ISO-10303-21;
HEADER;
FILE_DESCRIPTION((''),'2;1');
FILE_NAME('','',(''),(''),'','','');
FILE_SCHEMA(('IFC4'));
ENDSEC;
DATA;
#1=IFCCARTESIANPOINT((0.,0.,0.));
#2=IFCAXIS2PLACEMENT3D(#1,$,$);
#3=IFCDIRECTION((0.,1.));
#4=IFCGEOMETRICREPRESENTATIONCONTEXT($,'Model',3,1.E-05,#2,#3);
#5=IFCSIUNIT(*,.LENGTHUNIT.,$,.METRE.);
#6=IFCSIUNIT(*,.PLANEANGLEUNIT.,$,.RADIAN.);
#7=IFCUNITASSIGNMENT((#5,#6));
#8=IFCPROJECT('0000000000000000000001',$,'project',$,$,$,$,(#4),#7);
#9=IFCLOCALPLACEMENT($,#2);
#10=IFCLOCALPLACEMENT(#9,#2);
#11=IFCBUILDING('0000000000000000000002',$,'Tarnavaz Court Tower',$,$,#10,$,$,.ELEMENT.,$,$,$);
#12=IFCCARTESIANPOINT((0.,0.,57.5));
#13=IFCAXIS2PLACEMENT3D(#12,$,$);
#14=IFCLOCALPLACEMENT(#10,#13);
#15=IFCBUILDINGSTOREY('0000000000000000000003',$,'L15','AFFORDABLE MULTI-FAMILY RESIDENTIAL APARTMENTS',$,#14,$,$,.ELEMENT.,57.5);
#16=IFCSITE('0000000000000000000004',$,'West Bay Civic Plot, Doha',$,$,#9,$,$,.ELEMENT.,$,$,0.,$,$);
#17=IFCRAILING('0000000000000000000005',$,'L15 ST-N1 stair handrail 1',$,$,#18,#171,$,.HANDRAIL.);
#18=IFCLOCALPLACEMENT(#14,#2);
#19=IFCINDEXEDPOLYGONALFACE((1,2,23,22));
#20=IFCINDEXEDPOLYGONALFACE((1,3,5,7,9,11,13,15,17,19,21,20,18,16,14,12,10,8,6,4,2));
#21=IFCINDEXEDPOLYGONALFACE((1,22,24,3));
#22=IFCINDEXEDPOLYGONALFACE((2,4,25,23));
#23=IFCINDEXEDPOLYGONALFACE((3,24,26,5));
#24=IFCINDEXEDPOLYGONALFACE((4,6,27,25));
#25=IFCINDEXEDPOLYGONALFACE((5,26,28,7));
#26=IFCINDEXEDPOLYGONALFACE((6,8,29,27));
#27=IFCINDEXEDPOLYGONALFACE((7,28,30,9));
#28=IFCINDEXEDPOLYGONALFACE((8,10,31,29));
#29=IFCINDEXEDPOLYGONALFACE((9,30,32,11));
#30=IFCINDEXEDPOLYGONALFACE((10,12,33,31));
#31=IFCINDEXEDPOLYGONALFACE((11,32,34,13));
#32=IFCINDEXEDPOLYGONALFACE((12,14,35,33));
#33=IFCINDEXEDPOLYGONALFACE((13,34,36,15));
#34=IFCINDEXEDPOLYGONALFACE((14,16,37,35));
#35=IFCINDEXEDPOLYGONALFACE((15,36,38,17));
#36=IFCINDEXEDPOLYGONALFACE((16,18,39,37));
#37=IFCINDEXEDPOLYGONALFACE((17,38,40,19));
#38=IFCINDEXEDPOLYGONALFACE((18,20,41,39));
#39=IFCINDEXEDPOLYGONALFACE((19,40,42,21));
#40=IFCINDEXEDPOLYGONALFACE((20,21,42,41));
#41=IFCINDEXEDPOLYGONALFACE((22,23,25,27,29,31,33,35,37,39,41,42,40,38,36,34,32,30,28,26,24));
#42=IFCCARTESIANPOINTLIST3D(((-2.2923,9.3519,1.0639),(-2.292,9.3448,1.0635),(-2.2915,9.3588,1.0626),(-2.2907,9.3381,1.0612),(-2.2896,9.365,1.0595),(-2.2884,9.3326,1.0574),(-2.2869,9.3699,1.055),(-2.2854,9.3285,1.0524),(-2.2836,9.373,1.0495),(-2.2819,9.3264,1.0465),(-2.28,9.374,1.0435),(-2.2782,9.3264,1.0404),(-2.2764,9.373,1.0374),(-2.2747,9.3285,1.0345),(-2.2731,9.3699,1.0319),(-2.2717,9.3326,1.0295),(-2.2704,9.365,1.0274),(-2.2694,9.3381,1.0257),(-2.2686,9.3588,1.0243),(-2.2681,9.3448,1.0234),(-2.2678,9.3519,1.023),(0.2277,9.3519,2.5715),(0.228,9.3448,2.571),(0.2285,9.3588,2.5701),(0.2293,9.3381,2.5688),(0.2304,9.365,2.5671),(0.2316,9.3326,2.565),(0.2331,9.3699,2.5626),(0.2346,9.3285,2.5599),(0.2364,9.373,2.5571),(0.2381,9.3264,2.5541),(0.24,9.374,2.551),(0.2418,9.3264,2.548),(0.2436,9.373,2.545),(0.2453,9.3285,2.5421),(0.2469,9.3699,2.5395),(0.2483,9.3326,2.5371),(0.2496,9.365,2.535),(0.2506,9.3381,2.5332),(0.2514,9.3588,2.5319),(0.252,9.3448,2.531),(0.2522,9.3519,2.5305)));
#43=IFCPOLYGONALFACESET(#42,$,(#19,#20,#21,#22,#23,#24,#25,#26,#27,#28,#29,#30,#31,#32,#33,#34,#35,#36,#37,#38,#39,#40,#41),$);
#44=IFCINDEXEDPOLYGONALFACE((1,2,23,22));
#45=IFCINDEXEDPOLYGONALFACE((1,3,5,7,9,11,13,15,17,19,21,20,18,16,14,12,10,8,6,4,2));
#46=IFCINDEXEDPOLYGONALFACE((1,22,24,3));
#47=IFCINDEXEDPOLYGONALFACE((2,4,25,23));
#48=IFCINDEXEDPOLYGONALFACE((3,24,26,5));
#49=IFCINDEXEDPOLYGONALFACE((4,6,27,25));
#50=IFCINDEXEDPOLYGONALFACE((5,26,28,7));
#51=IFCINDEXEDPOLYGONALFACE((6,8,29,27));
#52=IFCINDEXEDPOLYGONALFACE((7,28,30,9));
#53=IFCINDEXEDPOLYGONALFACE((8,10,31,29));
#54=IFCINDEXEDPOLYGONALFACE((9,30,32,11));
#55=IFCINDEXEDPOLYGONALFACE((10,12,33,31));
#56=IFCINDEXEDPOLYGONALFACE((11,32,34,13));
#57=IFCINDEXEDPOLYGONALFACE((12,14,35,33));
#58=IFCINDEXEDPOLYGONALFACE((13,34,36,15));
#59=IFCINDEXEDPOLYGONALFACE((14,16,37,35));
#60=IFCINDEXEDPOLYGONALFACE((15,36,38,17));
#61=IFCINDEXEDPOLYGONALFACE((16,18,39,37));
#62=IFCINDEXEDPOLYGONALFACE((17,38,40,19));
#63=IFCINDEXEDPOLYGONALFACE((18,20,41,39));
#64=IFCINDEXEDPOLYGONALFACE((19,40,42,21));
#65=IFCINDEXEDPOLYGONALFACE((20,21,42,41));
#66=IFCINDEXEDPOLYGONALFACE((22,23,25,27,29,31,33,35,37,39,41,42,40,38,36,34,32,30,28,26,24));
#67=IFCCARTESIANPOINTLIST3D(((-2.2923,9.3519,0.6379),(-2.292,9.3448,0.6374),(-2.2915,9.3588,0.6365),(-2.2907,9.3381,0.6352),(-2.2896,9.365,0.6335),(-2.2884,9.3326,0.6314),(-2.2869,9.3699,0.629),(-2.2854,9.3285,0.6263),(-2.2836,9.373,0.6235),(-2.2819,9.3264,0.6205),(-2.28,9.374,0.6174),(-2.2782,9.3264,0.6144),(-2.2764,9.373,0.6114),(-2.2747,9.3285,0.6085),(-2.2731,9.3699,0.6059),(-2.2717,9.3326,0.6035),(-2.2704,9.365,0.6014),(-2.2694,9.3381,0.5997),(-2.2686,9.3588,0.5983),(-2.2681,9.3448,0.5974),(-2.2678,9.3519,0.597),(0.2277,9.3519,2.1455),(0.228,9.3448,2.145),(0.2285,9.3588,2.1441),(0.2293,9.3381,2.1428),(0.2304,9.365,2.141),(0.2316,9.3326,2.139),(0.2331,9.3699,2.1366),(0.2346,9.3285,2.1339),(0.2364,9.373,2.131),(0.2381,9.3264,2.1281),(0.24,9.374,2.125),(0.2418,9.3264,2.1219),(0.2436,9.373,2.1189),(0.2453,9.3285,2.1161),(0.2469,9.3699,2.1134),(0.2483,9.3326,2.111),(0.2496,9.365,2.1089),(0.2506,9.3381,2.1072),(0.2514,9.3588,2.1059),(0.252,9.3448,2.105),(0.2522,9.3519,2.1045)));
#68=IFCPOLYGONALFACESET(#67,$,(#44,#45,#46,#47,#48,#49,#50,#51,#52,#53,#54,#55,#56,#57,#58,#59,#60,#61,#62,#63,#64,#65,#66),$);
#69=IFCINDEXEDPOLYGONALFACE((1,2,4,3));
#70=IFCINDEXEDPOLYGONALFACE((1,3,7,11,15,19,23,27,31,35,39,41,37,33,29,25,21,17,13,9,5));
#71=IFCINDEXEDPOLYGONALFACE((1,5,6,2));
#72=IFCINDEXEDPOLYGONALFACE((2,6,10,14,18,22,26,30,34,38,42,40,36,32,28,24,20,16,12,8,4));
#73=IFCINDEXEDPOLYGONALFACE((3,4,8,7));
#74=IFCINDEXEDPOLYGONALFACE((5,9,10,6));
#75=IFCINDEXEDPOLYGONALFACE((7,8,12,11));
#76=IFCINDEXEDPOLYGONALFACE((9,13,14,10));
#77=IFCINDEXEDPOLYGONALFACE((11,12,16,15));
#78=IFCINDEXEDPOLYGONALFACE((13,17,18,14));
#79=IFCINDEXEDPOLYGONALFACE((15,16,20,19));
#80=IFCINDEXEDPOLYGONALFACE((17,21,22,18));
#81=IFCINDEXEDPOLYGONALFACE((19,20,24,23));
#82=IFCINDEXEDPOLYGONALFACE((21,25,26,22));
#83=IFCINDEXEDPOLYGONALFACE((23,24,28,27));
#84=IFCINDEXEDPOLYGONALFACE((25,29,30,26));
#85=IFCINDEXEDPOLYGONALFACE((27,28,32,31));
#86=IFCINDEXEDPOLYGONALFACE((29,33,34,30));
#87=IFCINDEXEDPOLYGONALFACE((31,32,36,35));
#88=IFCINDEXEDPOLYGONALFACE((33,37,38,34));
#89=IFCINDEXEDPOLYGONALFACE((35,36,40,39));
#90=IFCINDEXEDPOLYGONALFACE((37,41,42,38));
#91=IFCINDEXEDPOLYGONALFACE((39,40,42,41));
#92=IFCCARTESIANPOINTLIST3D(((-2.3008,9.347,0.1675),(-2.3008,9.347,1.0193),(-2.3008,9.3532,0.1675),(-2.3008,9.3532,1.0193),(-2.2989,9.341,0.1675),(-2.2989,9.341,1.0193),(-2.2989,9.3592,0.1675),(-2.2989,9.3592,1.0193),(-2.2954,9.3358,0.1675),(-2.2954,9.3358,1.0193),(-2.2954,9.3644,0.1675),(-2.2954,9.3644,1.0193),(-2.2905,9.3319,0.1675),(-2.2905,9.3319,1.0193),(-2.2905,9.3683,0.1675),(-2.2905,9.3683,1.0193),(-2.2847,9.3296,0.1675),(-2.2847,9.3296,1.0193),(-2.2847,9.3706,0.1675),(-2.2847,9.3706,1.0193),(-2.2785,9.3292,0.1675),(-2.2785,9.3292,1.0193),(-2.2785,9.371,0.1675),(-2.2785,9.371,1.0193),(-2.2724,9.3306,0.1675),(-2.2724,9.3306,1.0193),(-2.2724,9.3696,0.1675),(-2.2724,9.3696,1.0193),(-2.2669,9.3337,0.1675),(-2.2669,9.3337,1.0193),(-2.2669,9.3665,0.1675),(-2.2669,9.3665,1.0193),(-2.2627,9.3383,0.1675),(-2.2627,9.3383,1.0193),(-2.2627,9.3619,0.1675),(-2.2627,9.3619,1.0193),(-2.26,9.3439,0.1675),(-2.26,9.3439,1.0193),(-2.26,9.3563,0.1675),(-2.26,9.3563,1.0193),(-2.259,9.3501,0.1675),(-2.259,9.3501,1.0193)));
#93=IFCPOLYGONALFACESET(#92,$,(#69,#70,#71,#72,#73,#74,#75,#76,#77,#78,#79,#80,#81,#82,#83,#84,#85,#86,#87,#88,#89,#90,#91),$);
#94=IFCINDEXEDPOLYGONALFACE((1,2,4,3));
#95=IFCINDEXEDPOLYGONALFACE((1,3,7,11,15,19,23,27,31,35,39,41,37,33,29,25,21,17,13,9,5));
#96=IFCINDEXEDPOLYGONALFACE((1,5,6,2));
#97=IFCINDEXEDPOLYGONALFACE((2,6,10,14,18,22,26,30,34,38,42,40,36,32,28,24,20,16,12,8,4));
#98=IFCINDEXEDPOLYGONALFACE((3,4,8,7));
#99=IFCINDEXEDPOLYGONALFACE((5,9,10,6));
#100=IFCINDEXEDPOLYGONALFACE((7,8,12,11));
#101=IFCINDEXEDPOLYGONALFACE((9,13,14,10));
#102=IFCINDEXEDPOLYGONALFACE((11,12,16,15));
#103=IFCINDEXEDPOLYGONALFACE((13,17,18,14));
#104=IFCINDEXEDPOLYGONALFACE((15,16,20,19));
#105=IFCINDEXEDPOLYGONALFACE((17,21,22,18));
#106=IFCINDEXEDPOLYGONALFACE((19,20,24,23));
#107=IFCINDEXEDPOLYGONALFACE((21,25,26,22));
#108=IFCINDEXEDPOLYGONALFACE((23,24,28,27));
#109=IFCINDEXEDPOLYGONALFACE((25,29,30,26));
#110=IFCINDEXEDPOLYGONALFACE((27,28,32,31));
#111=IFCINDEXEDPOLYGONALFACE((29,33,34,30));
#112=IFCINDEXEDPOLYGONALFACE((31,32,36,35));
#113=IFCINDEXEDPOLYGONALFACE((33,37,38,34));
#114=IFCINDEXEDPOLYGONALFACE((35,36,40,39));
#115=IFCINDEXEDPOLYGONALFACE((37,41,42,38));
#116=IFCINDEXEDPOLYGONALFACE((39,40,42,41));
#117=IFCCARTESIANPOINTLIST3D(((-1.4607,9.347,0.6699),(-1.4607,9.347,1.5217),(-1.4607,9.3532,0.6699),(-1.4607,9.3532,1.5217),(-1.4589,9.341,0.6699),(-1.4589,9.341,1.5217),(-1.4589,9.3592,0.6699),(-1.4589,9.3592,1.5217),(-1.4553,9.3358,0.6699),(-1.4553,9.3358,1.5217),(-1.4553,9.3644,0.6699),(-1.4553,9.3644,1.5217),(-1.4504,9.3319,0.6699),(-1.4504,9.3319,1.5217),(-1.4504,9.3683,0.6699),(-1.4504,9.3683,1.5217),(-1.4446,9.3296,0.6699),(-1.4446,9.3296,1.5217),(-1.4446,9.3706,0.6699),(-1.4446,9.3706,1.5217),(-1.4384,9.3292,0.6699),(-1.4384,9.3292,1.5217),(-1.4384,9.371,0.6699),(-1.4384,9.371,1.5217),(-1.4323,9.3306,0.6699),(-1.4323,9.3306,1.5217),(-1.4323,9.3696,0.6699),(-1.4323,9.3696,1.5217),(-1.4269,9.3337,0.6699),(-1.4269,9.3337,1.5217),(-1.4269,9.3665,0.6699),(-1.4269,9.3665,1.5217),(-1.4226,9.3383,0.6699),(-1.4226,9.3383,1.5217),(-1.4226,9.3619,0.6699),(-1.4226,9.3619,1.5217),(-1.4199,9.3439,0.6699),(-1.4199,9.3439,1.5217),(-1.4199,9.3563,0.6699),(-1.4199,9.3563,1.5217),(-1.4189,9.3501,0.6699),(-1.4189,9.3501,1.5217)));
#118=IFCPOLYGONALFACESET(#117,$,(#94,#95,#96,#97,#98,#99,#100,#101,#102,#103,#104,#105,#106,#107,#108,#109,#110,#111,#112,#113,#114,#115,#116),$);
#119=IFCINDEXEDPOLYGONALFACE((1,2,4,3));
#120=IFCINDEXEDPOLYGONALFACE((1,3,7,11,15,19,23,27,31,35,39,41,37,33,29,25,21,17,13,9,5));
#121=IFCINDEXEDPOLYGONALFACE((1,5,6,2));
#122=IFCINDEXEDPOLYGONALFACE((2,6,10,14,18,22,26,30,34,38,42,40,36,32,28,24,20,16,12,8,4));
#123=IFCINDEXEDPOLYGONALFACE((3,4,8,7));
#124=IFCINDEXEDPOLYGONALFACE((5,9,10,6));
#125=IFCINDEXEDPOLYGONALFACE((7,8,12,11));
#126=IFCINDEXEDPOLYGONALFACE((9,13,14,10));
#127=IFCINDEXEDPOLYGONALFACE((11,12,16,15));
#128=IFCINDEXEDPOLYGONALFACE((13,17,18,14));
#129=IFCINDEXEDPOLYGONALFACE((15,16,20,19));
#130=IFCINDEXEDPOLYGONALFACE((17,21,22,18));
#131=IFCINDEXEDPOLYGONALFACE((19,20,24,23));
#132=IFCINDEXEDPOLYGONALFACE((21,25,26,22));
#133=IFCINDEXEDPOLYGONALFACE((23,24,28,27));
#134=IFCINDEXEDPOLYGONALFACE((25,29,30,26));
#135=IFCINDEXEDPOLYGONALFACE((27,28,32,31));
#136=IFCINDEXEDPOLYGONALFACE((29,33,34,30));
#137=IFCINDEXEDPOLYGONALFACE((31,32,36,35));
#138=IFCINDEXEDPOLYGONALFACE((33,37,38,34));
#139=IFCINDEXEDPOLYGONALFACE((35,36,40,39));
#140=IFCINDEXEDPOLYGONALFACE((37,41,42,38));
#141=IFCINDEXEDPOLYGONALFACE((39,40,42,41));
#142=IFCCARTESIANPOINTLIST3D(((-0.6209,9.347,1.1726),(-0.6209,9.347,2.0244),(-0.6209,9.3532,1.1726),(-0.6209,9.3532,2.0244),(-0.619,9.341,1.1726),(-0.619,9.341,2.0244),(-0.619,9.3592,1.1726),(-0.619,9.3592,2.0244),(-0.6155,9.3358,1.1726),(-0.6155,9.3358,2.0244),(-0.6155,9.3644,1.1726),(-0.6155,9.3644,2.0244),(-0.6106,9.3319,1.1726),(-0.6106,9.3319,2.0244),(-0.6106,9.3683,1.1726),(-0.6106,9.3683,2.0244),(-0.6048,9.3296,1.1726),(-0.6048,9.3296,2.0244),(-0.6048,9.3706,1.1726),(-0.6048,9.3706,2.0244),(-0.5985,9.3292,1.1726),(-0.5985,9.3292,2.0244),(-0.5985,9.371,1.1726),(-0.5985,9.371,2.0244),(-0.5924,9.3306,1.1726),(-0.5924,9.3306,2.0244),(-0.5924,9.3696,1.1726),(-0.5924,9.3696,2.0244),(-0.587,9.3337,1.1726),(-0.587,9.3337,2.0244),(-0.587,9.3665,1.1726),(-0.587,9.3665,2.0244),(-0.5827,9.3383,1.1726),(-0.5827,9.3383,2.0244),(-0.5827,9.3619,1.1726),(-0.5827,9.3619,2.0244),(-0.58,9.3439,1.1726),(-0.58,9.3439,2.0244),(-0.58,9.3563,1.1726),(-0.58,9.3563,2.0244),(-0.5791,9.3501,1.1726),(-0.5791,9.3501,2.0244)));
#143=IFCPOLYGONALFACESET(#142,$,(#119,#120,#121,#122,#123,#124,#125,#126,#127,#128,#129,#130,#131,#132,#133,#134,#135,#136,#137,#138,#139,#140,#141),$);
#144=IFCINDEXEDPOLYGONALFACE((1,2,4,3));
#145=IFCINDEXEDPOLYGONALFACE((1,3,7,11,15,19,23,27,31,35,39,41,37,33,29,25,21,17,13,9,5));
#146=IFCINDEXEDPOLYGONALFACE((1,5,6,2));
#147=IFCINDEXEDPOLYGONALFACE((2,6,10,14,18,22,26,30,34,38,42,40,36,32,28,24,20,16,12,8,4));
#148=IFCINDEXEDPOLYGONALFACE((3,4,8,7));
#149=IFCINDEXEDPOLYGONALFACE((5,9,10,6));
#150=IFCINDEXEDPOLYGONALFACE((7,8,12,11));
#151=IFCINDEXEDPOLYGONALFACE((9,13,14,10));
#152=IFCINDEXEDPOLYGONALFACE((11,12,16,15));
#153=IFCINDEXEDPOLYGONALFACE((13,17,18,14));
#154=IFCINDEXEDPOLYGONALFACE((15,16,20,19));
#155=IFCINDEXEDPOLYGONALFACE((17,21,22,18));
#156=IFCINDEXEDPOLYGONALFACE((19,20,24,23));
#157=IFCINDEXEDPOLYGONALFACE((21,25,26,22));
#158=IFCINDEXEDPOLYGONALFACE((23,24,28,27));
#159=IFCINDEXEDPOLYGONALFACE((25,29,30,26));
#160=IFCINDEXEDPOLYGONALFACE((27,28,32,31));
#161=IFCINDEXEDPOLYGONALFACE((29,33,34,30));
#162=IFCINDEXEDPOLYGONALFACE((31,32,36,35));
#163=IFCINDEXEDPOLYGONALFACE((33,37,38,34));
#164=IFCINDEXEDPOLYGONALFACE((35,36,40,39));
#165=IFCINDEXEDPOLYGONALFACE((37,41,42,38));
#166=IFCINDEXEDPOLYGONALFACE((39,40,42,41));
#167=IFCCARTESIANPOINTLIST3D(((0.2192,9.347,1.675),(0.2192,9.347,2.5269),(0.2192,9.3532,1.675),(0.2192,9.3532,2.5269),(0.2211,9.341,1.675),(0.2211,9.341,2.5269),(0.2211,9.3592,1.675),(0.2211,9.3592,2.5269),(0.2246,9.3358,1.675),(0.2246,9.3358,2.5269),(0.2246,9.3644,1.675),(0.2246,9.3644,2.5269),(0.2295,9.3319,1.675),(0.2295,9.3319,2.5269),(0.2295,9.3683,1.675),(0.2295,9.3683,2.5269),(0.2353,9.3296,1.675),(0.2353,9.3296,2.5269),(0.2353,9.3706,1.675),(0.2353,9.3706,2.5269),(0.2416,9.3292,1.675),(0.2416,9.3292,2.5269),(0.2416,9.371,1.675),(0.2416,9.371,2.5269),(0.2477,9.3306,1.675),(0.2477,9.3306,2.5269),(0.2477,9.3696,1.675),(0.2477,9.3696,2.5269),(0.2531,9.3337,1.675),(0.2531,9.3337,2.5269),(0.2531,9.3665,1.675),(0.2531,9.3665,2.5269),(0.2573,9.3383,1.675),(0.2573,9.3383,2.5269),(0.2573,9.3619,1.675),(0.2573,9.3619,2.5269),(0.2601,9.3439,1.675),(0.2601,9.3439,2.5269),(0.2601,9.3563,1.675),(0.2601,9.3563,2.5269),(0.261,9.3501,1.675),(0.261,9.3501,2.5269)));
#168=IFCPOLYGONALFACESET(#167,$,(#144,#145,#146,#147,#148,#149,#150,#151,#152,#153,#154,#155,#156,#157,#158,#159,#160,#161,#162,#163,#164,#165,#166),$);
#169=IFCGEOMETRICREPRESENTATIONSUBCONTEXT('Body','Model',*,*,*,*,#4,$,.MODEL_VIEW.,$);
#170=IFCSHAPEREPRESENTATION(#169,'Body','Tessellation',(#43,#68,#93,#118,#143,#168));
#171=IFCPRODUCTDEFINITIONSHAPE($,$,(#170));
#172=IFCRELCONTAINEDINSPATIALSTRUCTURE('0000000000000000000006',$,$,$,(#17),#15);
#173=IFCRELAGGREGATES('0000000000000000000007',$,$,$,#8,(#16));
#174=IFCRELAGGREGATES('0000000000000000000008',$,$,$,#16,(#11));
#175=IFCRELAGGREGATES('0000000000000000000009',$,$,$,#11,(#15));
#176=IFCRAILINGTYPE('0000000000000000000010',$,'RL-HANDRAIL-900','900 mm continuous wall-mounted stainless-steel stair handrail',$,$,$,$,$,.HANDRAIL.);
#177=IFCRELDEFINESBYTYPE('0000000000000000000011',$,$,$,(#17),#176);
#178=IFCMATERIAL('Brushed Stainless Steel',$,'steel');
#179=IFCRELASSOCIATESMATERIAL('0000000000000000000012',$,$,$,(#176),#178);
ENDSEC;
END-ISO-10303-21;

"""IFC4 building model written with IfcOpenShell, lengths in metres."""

from ifc_helpers import new_model, si_unit, direction, frame, origin, origin_2d, place, context, subcontext, project, spatial, circle, extrude, material, type_object, element, save


model = new_model("IFC4")

# Units and contexts
model_context = context("Model", 3, precision=1e-05, world=origin(), true_north=direction((0.0, 1.0)))
body_context = subcontext(model_context, "Body", "Model", "MODEL_VIEW")
ifc_project = project(units=[si_unit("LENGTHUNIT", "METRE"), si_unit("PLANEANGLEUNIT", "RADIAN")], contexts=[model_context])

# Site, building, storey
site_placement = place(None, origin())
site = spatial("IfcSite", under=ifc_project, at=site_placement, Name="West Bay Civic Plot, Doha", CompositionType="ELEMENT", RefElevation=0.0)
building_placement = place(site_placement, origin())
building = spatial("IfcBuilding", under=site, at=building_placement, Name="Tarnavaz Court Tower", CompositionType="ELEMENT")
storey_placement = place(building_placement, frame((0.0, 0.0, 57.5)))
storey = spatial("IfcBuildingStorey", under=building, at=storey_placement, Name="L15", Description="AFFORDABLE MULTI-FAMILY RESIDENTIAL APARTMENTS", CompositionType="ELEMENT", Elevation=57.5)

# Railing
ifc_material_1 = material(Name="Brushed Stainless Steel", Category="steel")
railing_type_1 = type_object("IfcRailingType", Name="RL-HANDRAIL-900", Description="900 mm continuous wall-mounted stainless-steel stair handrail", PredefinedType="HANDRAIL", material=ifc_material_1)
railing_1_placement = place(storey_placement, frame((-2.28, 9.3501, 0.1675)))
element("IfcRailing", 1, at=railing_1_placement, inside=storey, type_object=railing_type_1, Name="L15 ST-N1 stair handrail 1", PredefinedType="HANDRAIL", context=body_context, shape_type="SweptSolid", body=[
    extrude(circle(Radius=0.0239, at=origin_2d()), frame((0.0, 0.0, 0.876), z_axis=(0.85816, 0.0, 0.513383), x_axis=(0.0, 1.0, 0.0)), (0.0, 0.0, 1.0), 2.9365),
    extrude(circle(Radius=0.0239, at=origin_2d()), frame((0.0, 0.0, 0.45), z_axis=(0.85816, 0.0, 0.513383), x_axis=(0.0, 1.0, 0.0)), (0.0, 0.0, 1.0), 2.9365),
    extrude(circle(Radius=0.021, at=origin_2d()), origin(), (0.0, 0.0, 1.0), 0.8518),
    extrude(circle(Radius=0.021, at=origin_2d()), frame((0.8401, 0.0, 0.5024)), (0.0, 0.0, 1.0), 0.8518),
    extrude(circle(Radius=0.021, at=origin_2d()), frame((1.6799, 0.0, 1.0051)), (0.0, 0.0, 1.0), 0.8518),
    extrude(circle(Radius=0.021, at=origin_2d()), frame((2.52, 0.0, 1.5076)), (0.0, 0.0, 1.0), 0.8518),
])

save(model, "model.ifc")
